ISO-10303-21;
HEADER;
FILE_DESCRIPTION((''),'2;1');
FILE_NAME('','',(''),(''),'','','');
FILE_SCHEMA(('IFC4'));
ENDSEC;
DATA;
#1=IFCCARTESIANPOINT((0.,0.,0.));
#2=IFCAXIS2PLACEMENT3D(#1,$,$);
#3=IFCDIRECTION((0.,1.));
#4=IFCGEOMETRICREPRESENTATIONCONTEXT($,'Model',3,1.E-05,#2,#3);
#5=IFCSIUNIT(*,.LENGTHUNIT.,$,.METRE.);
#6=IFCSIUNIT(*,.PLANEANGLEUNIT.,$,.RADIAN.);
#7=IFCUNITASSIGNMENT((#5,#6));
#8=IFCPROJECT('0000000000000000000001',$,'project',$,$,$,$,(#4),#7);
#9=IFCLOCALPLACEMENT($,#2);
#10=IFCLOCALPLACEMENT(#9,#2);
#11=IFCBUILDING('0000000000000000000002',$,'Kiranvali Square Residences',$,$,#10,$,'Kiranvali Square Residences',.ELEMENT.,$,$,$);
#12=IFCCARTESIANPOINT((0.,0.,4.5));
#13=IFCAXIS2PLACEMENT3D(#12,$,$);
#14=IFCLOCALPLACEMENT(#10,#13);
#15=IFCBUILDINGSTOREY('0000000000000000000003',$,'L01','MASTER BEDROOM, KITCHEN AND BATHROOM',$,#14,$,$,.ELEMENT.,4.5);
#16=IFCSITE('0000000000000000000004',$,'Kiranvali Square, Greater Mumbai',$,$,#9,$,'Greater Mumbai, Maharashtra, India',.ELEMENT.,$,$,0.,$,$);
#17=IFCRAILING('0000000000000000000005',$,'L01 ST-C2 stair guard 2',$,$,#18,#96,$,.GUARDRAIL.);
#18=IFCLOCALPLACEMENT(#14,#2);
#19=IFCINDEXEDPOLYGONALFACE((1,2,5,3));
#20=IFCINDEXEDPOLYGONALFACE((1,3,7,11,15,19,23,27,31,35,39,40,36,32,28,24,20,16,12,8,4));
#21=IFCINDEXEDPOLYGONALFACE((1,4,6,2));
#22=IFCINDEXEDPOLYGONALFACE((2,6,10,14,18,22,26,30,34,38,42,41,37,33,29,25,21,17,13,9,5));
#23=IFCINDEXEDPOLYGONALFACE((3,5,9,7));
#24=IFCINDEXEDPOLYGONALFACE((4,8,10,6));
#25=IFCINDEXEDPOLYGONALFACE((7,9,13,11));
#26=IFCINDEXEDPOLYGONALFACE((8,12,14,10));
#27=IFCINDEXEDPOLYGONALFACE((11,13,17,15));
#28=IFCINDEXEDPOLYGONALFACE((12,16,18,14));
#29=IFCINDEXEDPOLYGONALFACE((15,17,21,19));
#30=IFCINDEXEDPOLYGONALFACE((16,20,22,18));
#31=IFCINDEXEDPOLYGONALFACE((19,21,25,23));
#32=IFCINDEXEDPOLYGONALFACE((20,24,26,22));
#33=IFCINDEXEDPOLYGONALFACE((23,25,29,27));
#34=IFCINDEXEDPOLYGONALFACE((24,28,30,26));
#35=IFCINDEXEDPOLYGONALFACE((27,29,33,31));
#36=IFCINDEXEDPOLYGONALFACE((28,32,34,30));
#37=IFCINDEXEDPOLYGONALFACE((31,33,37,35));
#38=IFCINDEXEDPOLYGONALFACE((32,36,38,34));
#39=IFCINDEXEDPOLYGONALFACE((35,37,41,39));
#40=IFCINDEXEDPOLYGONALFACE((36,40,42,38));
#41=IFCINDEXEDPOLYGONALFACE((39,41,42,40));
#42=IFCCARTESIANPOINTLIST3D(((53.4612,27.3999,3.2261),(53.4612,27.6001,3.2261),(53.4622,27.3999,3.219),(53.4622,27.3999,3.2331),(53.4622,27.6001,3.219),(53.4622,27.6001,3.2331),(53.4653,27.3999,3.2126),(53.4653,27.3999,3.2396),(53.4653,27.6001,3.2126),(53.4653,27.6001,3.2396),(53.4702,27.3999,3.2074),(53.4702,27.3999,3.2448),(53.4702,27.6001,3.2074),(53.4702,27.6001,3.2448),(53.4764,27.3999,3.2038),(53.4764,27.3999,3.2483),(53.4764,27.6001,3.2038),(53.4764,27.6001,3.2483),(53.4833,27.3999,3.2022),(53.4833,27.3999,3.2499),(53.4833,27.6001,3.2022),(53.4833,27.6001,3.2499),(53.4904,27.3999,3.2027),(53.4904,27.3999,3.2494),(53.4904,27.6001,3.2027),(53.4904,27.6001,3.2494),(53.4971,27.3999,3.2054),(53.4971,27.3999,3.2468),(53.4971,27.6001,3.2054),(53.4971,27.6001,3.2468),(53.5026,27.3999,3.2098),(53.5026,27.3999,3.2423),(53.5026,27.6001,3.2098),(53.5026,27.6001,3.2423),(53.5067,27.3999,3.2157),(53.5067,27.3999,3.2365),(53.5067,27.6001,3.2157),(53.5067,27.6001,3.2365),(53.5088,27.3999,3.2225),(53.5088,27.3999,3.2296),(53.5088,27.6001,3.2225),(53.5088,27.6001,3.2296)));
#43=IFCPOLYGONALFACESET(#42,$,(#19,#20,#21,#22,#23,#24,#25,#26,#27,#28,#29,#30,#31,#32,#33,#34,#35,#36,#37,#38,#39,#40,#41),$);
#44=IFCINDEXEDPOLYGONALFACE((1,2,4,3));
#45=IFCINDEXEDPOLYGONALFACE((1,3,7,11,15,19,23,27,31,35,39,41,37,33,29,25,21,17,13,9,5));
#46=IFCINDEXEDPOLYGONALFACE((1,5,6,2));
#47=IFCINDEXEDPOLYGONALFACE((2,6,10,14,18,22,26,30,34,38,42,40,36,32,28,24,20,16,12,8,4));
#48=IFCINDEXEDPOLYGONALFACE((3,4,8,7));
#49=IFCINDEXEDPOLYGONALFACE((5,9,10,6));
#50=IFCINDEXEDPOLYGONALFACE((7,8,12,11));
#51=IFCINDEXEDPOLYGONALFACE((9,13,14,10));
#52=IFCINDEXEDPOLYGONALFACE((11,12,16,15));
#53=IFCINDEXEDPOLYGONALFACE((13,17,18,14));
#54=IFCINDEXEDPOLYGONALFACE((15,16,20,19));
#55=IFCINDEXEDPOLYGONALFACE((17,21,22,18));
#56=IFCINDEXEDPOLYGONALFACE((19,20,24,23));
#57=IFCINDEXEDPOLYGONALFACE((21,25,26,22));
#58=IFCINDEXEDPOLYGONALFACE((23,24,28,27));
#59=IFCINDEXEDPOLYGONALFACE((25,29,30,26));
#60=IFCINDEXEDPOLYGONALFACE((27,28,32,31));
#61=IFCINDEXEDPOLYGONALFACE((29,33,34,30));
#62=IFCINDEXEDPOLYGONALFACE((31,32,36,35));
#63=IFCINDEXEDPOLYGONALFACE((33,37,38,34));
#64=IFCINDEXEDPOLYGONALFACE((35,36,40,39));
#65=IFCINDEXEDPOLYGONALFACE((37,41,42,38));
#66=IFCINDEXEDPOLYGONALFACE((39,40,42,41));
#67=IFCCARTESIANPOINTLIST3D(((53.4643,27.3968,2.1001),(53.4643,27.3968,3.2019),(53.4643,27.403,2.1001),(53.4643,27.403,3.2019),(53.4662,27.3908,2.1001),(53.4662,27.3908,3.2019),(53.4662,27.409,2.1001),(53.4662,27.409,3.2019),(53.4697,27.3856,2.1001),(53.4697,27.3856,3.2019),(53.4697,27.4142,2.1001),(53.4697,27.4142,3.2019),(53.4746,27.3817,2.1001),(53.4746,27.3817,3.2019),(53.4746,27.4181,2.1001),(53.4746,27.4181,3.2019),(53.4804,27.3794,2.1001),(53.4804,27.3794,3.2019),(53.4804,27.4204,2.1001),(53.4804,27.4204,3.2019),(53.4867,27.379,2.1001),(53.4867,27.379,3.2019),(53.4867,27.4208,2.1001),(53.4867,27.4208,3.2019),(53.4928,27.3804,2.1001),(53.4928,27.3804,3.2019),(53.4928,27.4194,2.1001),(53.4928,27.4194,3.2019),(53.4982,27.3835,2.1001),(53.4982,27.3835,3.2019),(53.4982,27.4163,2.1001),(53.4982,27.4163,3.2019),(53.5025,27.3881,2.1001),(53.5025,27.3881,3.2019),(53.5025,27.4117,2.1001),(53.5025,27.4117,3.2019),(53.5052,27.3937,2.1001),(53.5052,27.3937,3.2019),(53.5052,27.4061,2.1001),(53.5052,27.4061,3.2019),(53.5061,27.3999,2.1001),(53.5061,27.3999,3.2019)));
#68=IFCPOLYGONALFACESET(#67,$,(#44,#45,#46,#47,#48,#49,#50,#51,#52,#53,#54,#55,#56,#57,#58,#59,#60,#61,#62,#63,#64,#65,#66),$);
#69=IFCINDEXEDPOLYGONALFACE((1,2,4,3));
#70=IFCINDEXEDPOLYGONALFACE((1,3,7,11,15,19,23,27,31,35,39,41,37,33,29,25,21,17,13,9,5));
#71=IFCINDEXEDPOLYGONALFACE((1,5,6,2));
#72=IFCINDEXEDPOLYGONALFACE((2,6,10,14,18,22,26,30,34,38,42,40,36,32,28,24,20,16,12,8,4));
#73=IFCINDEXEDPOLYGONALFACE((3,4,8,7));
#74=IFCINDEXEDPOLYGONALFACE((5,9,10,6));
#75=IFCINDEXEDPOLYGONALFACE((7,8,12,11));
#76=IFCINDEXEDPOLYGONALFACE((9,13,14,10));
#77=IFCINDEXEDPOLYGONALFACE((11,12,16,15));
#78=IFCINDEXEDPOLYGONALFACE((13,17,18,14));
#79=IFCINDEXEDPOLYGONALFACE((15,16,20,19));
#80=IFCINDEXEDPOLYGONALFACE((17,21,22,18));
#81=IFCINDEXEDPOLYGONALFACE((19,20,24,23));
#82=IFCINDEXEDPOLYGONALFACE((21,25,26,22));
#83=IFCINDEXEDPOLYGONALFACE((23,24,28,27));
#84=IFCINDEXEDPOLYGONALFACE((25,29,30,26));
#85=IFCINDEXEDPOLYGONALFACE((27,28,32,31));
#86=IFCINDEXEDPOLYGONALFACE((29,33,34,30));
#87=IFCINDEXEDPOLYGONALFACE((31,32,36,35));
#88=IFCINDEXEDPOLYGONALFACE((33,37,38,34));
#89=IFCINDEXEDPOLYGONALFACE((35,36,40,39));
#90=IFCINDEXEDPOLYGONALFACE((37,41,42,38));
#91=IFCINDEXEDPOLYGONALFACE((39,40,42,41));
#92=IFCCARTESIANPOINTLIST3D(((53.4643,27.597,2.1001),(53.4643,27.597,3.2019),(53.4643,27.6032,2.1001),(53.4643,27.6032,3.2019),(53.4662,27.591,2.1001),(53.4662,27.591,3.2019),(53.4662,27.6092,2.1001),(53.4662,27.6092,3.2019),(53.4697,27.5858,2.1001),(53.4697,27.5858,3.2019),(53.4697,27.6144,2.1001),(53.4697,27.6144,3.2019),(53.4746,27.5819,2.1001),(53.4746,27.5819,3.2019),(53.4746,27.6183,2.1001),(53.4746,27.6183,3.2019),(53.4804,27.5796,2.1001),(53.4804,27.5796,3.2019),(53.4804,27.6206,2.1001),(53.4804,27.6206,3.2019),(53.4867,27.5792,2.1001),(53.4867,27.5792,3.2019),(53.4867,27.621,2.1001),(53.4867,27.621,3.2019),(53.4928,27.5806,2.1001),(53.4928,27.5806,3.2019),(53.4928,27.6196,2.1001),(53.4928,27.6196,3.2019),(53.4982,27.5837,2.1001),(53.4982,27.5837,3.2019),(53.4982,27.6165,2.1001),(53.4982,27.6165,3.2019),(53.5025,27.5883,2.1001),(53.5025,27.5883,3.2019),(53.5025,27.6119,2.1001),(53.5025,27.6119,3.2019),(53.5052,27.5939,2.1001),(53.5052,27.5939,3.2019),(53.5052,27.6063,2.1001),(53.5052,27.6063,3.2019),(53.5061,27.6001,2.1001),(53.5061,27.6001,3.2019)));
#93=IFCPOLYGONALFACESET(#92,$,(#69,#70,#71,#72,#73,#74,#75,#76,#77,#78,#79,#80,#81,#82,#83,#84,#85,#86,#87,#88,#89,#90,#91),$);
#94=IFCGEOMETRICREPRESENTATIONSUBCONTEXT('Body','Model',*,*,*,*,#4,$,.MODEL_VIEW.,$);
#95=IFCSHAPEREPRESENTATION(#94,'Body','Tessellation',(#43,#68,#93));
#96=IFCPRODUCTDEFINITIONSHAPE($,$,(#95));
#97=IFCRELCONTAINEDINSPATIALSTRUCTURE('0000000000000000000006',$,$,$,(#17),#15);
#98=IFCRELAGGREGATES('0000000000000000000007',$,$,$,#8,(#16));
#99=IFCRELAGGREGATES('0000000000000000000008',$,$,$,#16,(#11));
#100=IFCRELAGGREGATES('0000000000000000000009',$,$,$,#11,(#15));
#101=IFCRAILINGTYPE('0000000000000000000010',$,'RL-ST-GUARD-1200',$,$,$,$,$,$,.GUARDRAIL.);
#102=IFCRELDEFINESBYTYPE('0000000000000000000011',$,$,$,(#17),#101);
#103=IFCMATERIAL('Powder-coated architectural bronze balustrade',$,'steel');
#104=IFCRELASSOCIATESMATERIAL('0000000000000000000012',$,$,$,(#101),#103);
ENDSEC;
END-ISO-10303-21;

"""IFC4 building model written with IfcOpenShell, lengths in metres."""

from ifc_helpers import new_model, si_unit, direction, frame, origin, origin_2d, place, context, subcontext, project, spatial, circle, extrude, material, type_object, element, save


model = new_model("IFC4")

# Units and contexts
model_context = context("Model", 3, precision=1e-05, world=origin(), true_north=direction((0.0, 1.0)))
body_context = subcontext(model_context, "Body", "Model", "MODEL_VIEW")
ifc_project = project(units=[si_unit("LENGTHUNIT", "METRE"), si_unit("PLANEANGLEUNIT", "RADIAN")], contexts=[model_context])

# Site, building, storey
site_placement = place(None, origin())
site = spatial("IfcSite", under=ifc_project, at=site_placement, Name="Kiranvali Square, Greater Mumbai", LongName="Greater Mumbai, Maharashtra, India", CompositionType="ELEMENT", RefElevation=0.0)
building_placement = place(site_placement, origin())
building = spatial("IfcBuilding", under=site, at=building_placement, Name="Kiranvali Square Residences", LongName="Kiranvali Square Residences", CompositionType="ELEMENT")
storey_placement = place(building_placement, frame((0.0, 0.0, 4.5)))
storey = spatial("IfcBuildingStorey", under=building, at=storey_placement, Name="L01", Description="MASTER BEDROOM, KITCHEN AND BATHROOM", CompositionType="ELEMENT", Elevation=4.5)

# Railing
ifc_material_1 = material(Name="Powder-coated architectural bronze balustrade", Category="steel")
railing_type_1 = type_object("IfcRailingType", Name="RL-ST-GUARD-1200", PredefinedType="GUARDRAIL", material=ifc_material_1)
railing_1_placement = place(storey_placement, frame((53.4851, 27.3999, 2.1001)))
element("IfcRailing", 1, at=railing_1_placement, inside=storey, type_object=railing_type_1, Name="L01 ST-C2 stair guard 2", PredefinedType="GUARDRAIL", context=body_context, shape_type="SweptSolid", body=[
    extrude(circle(Radius=0.0239, at=origin_2d()), frame((0.0, 0.0, 1.126), z_axis=(0.0, 1.0, 0.0), x_axis=(-1.0, 0.0, 0.0)), (0.0, 0.0, 1.0), 0.2002),
    extrude(circle(Radius=0.021, at=origin_2d()), origin(), (0.0, 0.0, 1.0), 1.1018),
    extrude(circle(Radius=0.021, at=origin_2d()), frame((0.0, 0.2002, 0.0)), (0.0, 0.0, 1.0), 1.1018),
])

save(model, "model.ifc")
